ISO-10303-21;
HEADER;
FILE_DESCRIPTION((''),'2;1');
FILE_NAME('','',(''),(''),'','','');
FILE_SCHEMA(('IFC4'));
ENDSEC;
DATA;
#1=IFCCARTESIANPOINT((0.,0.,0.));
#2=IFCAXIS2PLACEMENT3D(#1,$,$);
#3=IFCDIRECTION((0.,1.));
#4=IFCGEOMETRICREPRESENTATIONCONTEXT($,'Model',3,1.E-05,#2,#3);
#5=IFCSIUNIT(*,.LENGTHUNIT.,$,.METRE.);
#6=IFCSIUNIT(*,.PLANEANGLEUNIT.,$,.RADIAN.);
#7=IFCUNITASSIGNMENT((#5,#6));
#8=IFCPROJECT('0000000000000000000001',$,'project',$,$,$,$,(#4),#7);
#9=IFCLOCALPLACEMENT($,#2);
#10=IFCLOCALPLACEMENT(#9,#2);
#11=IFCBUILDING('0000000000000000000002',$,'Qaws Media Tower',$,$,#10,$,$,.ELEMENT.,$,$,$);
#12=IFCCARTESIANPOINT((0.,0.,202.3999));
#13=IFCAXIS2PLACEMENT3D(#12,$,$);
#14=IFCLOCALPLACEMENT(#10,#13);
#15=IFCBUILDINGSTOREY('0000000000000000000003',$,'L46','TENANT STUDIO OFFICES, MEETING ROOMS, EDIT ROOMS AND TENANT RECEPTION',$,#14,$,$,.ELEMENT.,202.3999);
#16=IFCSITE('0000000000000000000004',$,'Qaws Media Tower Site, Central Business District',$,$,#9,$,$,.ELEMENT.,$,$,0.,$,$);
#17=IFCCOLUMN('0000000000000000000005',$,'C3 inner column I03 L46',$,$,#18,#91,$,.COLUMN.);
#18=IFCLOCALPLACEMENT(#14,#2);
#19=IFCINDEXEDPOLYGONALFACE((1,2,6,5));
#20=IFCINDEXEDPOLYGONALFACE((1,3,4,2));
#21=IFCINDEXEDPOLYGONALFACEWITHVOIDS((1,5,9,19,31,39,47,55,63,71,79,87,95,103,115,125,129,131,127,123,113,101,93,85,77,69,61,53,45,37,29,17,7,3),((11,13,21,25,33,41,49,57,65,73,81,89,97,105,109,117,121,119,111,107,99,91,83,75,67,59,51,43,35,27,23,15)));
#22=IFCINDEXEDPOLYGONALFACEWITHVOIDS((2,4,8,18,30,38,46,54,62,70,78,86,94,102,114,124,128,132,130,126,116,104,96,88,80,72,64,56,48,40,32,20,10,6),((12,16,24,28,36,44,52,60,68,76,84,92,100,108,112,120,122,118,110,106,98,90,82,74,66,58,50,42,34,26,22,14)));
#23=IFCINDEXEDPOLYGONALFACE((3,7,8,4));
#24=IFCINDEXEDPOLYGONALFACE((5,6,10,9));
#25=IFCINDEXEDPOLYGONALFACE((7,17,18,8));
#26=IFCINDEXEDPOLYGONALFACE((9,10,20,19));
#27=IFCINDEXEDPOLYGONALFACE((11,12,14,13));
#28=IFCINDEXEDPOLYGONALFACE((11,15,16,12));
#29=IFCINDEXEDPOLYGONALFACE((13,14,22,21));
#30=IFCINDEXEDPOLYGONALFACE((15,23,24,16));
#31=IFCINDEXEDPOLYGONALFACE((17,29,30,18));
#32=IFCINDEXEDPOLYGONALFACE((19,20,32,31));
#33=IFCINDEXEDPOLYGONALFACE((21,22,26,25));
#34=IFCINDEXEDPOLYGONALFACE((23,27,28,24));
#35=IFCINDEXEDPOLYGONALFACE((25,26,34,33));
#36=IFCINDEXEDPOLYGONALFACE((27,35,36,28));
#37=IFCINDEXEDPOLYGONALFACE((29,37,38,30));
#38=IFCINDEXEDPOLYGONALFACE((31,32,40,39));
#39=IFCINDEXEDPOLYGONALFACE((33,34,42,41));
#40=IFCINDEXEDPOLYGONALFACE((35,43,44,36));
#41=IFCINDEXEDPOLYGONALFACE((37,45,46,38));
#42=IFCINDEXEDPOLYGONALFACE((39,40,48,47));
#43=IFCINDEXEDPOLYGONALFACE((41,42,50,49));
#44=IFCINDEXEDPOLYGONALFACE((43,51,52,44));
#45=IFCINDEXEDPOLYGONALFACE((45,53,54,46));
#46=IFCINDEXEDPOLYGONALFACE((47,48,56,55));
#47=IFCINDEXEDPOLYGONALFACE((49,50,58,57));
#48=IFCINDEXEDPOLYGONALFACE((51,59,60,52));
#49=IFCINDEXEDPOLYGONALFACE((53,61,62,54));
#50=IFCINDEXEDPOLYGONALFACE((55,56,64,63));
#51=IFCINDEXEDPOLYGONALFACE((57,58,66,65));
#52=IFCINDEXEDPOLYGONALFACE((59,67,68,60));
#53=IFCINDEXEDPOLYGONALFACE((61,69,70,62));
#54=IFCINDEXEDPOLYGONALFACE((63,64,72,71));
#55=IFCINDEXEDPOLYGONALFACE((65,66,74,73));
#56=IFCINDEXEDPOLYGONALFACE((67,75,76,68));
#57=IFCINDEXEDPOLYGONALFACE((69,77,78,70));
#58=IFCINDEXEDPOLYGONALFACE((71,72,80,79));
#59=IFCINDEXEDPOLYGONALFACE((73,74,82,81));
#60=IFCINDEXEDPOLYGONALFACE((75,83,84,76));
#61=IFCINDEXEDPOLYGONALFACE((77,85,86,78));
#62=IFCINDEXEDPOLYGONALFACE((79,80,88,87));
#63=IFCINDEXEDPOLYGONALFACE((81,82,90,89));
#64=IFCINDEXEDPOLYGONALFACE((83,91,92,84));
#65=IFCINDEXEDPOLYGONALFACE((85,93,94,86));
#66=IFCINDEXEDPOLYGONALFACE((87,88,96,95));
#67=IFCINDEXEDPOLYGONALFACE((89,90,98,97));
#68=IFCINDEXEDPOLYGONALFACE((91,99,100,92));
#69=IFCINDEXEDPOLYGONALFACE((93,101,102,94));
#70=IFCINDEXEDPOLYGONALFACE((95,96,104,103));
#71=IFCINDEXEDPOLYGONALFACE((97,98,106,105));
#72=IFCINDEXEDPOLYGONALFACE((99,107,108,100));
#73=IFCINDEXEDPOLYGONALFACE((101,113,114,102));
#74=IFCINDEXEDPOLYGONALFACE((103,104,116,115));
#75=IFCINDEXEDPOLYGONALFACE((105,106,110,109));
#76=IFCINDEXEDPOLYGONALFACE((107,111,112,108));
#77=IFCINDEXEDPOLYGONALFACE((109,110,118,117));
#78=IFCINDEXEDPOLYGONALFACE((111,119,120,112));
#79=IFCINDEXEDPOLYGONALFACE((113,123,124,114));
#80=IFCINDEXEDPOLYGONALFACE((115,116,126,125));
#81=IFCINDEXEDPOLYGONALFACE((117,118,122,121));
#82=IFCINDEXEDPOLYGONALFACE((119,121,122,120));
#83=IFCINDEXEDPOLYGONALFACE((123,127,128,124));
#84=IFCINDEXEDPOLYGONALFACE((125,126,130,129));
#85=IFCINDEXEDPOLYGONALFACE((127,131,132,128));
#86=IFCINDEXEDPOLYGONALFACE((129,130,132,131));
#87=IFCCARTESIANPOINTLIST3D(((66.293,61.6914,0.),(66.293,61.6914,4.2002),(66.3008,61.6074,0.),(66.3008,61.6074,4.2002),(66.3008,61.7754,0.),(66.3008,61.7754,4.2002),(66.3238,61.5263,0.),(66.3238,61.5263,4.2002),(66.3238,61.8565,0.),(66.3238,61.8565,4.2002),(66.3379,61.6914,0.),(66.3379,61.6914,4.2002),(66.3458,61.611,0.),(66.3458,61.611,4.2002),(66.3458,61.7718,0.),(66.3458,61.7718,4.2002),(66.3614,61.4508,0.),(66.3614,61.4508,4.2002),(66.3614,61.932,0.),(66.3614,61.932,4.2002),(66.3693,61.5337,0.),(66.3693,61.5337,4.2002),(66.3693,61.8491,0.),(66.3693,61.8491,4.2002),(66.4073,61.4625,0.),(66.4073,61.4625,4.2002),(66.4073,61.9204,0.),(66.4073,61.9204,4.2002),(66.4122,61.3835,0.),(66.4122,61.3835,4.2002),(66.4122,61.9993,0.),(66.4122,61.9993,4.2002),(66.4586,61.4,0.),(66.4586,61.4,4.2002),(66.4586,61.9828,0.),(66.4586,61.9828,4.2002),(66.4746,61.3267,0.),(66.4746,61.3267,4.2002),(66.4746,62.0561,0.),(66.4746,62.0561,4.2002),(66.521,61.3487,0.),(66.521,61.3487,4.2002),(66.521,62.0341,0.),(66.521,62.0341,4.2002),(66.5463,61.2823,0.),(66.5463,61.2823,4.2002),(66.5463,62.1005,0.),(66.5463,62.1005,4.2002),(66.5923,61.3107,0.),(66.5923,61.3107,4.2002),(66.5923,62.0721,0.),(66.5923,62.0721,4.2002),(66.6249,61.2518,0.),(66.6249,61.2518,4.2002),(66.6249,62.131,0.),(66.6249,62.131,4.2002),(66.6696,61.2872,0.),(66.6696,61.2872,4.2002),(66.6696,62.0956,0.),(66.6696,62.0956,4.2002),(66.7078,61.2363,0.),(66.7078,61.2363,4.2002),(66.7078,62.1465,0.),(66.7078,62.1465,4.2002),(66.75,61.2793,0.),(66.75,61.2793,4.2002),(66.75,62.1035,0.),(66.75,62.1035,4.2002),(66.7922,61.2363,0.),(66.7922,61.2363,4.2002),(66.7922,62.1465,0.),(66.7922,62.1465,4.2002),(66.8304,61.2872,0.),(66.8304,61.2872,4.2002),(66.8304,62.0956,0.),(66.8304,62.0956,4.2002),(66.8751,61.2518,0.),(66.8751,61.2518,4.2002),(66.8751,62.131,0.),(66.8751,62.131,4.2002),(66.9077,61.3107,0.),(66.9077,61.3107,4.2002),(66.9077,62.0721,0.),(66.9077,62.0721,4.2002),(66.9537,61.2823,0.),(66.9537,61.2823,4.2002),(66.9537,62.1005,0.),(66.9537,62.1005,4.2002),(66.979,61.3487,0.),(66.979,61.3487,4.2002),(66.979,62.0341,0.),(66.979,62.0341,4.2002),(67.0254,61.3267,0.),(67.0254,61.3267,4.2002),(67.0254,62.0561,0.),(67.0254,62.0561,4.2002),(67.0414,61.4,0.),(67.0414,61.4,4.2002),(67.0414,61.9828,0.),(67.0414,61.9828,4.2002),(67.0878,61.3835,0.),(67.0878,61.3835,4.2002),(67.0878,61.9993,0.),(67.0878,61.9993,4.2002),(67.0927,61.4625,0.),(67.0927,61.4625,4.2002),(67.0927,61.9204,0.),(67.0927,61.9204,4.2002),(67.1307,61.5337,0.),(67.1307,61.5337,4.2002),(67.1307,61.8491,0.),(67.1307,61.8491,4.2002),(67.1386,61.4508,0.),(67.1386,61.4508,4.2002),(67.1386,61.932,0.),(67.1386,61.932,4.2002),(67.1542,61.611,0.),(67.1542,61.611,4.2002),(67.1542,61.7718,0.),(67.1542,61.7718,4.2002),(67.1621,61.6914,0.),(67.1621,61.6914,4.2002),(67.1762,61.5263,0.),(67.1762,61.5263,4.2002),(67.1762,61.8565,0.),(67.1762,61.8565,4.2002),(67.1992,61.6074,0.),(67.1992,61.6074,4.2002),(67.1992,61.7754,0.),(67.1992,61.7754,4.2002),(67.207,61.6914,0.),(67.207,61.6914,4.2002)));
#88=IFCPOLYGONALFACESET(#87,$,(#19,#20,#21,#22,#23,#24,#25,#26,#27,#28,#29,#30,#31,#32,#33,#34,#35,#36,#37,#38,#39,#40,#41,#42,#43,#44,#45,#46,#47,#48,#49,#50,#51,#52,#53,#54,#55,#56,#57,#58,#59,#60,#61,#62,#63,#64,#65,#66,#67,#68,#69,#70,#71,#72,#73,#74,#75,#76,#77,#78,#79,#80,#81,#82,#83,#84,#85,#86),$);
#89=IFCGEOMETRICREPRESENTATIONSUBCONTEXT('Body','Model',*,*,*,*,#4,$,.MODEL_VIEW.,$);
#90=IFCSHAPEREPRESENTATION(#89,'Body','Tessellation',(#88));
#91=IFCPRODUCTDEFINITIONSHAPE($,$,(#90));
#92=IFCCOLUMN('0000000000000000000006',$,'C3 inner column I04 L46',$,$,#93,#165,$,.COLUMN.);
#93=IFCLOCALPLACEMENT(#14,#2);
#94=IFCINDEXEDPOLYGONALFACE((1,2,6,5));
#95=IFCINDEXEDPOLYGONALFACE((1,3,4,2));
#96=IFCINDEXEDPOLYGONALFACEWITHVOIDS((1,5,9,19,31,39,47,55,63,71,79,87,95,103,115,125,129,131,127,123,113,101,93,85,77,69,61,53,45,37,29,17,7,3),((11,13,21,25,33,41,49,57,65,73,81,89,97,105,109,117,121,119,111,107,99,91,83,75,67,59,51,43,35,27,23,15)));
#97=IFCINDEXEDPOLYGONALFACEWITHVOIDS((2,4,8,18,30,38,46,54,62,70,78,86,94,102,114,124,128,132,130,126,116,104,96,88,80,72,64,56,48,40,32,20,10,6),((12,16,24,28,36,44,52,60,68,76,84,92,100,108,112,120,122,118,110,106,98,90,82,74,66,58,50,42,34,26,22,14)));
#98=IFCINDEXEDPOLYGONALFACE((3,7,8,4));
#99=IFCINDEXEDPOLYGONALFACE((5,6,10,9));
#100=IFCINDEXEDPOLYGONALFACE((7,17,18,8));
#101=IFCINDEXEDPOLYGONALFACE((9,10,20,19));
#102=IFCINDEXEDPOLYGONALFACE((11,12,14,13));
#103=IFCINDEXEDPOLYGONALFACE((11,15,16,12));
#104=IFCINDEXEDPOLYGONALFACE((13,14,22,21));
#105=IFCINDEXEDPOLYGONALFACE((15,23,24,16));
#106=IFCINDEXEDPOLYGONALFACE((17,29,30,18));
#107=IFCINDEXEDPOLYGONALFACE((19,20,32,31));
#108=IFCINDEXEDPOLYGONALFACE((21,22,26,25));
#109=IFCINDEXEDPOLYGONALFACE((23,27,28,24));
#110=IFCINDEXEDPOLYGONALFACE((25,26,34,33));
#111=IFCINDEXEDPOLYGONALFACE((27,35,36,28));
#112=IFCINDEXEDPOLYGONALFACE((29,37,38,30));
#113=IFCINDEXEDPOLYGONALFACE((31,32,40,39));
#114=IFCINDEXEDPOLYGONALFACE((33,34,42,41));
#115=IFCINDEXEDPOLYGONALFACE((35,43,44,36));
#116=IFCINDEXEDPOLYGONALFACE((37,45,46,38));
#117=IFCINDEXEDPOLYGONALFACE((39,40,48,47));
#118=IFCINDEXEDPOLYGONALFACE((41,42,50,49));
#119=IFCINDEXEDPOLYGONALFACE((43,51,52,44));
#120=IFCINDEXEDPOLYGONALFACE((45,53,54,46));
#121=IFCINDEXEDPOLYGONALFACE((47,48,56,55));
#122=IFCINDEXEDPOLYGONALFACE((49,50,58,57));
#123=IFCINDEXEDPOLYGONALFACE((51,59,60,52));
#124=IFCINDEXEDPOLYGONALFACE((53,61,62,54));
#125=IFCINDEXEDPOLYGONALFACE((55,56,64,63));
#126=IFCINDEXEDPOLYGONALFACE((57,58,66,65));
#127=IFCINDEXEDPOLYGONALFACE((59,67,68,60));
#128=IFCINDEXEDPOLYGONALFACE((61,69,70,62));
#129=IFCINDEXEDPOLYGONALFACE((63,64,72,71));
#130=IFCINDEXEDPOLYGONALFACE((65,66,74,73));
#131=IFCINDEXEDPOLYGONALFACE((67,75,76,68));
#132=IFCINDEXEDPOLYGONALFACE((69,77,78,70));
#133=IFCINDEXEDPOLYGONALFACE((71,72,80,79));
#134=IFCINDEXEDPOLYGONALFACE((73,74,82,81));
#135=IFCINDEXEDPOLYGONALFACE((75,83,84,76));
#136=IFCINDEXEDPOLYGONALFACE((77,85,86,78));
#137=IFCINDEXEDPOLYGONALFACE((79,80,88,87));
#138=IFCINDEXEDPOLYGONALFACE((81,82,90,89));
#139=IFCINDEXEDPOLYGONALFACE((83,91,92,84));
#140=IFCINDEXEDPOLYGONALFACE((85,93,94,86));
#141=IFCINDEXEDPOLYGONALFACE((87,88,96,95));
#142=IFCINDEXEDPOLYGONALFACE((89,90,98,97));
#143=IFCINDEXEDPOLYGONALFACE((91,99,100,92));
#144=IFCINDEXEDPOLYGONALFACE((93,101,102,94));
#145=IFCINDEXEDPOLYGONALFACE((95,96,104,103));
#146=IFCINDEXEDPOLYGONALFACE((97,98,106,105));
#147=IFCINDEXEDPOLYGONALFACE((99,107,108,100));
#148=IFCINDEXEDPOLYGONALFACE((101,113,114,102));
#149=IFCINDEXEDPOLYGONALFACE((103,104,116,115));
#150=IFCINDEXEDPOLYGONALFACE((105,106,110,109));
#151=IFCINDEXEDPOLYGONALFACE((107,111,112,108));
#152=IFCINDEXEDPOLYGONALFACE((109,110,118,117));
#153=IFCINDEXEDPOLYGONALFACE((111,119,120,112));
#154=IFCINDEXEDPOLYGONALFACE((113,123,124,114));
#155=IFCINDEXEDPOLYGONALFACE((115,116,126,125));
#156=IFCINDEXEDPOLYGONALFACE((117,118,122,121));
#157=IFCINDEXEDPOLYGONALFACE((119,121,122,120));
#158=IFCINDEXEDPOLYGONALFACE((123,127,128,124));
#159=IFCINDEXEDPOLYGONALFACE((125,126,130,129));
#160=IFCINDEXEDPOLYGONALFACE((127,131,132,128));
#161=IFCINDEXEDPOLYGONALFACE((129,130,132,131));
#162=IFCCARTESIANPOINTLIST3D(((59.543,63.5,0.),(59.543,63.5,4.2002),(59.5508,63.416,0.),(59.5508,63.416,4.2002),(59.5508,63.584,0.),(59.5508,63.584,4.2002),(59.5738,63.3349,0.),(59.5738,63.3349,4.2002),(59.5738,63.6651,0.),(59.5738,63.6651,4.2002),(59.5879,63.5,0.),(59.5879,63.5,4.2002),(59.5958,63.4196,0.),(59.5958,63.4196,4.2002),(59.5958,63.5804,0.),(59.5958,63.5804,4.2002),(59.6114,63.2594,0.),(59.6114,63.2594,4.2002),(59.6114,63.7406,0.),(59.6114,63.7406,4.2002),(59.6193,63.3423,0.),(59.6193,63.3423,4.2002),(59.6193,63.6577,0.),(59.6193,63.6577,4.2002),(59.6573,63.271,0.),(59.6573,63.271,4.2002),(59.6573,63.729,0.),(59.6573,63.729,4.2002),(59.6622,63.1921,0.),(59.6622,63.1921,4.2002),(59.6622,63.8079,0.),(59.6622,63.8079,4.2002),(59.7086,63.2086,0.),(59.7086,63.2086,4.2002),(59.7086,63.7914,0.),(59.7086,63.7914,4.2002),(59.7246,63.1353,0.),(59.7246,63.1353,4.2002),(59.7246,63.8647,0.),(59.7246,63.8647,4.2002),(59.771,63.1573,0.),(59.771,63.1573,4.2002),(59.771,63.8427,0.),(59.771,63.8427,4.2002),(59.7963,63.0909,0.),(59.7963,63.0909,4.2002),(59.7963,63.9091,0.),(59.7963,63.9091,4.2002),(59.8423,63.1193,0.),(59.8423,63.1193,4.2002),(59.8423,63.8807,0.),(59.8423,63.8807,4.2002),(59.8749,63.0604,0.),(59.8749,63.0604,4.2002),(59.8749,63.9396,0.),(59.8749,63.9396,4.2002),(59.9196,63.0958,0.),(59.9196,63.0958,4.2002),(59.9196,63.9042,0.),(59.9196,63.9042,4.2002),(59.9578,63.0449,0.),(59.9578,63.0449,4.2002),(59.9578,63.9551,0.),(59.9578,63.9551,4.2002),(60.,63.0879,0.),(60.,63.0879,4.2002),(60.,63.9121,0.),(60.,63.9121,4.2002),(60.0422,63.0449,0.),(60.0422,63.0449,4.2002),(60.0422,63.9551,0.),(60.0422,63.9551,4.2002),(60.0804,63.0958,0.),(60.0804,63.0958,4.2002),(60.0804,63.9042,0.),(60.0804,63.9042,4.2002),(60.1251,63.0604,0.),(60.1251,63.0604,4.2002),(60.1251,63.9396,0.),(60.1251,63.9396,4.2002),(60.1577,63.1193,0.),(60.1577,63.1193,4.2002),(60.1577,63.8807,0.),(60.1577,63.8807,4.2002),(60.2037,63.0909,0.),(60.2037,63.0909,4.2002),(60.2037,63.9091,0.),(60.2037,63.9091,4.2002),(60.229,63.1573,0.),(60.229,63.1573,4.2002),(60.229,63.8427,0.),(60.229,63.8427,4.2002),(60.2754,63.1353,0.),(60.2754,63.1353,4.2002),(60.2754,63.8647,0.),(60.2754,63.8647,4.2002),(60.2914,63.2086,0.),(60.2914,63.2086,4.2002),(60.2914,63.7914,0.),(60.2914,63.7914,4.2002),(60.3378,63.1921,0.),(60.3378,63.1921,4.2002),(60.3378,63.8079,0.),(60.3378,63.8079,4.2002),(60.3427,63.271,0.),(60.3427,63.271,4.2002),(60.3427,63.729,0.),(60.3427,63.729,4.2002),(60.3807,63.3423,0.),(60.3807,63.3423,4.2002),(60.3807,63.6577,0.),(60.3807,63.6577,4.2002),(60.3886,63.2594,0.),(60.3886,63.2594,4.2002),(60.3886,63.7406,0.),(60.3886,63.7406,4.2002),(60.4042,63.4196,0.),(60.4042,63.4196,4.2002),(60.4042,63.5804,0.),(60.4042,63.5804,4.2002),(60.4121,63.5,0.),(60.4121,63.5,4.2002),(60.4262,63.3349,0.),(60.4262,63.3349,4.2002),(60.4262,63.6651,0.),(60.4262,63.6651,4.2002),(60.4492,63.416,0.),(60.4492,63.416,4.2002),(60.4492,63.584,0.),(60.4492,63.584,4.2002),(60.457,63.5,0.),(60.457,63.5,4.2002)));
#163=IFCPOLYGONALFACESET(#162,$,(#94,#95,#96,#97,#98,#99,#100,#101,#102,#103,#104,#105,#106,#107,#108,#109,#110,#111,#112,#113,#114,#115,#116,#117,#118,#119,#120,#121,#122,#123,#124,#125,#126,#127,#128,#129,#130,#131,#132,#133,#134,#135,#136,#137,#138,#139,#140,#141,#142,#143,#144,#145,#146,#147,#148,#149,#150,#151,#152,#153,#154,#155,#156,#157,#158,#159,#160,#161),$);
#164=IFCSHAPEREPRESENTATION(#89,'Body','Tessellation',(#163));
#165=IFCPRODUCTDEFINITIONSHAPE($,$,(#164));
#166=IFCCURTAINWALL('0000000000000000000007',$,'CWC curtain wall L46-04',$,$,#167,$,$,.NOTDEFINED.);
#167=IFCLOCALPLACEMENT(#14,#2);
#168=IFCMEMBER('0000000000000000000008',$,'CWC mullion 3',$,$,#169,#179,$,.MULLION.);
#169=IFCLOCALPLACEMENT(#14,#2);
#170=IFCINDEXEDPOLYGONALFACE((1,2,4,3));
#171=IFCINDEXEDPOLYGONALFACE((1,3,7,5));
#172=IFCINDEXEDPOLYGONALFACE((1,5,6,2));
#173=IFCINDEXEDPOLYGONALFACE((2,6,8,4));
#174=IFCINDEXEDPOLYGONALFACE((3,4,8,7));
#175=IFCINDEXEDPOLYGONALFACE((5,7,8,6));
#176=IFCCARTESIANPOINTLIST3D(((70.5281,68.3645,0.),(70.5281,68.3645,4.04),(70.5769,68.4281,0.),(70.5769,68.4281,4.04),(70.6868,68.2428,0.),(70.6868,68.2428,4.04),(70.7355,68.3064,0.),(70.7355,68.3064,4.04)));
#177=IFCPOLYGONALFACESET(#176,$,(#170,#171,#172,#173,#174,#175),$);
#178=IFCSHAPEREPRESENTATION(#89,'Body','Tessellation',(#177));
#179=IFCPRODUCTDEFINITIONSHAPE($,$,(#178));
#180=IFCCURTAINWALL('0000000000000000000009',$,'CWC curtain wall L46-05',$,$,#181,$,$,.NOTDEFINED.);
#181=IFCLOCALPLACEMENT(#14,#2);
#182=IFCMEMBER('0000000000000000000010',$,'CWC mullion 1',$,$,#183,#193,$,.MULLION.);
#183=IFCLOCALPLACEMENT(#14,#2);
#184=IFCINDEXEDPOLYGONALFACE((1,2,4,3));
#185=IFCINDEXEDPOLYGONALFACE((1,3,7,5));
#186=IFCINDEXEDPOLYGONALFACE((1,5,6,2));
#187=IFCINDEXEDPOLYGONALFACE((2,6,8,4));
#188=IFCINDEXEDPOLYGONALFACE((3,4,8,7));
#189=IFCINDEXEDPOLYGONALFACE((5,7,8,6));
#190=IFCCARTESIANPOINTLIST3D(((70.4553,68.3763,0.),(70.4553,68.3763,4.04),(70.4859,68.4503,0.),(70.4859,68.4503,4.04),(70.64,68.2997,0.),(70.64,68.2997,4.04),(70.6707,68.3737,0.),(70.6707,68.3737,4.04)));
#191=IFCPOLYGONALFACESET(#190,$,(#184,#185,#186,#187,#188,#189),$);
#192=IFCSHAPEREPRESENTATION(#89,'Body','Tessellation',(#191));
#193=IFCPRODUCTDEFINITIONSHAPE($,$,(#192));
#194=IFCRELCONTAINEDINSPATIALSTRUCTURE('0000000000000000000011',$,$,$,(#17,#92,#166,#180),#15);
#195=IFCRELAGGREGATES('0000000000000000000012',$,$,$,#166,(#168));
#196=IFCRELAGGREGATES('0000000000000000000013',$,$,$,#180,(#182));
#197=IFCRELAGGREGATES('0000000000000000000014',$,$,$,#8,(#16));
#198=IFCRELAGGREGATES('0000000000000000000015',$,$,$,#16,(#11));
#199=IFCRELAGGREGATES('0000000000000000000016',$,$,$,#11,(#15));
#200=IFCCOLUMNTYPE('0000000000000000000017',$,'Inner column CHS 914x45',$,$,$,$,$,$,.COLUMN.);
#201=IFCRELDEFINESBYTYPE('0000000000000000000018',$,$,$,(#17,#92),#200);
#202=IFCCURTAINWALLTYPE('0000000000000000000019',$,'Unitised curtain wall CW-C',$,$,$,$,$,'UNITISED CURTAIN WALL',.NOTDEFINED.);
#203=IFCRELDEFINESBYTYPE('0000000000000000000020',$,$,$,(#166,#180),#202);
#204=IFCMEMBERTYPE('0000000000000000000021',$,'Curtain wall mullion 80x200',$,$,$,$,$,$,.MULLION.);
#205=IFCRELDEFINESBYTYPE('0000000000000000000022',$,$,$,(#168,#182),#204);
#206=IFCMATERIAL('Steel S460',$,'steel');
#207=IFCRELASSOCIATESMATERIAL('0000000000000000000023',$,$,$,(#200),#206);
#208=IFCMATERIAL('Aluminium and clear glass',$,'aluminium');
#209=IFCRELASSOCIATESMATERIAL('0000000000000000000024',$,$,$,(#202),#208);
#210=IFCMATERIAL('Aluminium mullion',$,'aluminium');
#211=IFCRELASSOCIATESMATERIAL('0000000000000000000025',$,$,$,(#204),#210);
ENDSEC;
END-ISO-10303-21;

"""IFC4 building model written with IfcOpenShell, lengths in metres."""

from ifc_helpers import new_model, si_unit, direction, frame, origin, origin_2d, place, context, subcontext, project, spatial, rectangle, hollow_circle, extrude, material, material_profile, profile_set, type_object, element, aggregate, save


model = new_model("IFC4")

# Units and contexts
model_context = context("Model", 3, precision=1e-05, world=origin(), true_north=direction((0.0, 1.0)))
body_context = subcontext(model_context, "Body", "Model", "MODEL_VIEW")
ifc_project = project(units=[si_unit("LENGTHUNIT", "METRE"), si_unit("PLANEANGLEUNIT", "RADIAN")], contexts=[model_context])

# Site, building, storey
site_placement = place(None, origin())
site = spatial("IfcSite", under=ifc_project, at=site_placement, Name="Qaws Media Tower Site, Central Business District", CompositionType="ELEMENT", RefElevation=0.0)
building_placement = place(site_placement, origin())
building = spatial("IfcBuilding", under=site, at=building_placement, Name="Qaws Media Tower", CompositionType="ELEMENT")
storey_placement = place(building_placement, frame((0.0, 0.0, 202.3999)))
storey = spatial("IfcBuildingStorey", under=building, at=storey_placement, Name="L46", Description="TENANT STUDIO OFFICES, MEETING ROOMS, EDIT ROOMS AND TENANT RECEPTION", CompositionType="ELEMENT", Elevation=202.3999)

# Columns
ifc_material_1 = material(Name="Steel S460", Category="steel")
ifc_material_profile_1 = material_profile(ifc_material_1, hollow_circle(Radius=0.457, WallThickness=0.0449, at=origin_2d()), Name="CHS 914x45")
ifc_profile_set_1 = profile_set([ifc_material_profile_1], Name="Steel S460")
column_type = type_object("IfcColumnType", Name="Inner column CHS 914x45", PredefinedType="COLUMN", material=ifc_profile_set_1)
for number, where, z_axis, x_axis, name in (
    (1, (66.75, 61.6914, 0.0), (0.0, 0.0, 1.0), (1.0, 0.0, 0.0), "C3 inner column I03 L46"),
    (2, (60.0, 63.5, 0.0), (0.0, 0.0, 1.0), (1.0, 0.0, 0.0), "C3 inner column I04 L46"),
):
    element("IfcColumn", number, at=place(storey_placement, frame(where, z_axis=z_axis, x_axis=x_axis)), inside=storey, type_object=column_type, Name=name, PredefinedType="COLUMN", context=body_context, shape_type="SweptSolid", body=[
        extrude(hollow_circle(Radius=0.457, WallThickness=0.0449, at=origin_2d()), origin(), (0.0, 0.0, 1.0), 4.2002),
    ])

# Curtain walls, members
ifc_material_2 = material(Name="Aluminium and clear glass", Category="aluminium")
curtain_wall_type = type_object("IfcCurtainWallType", Name="Unitised curtain wall CW-C", ElementType="UNITISED CURTAIN WALL", PredefinedType="NOTDEFINED", material=ifc_material_2)
curtain_wall_1_placement = place(storey_placement, origin())
curtain_wall_1 = element("IfcCurtainWall", 3, at=curtain_wall_1_placement, inside=storey, type_object=curtain_wall_type, Name="CWC curtain wall L46-04", PredefinedType="NOTDEFINED")
ifc_material_3 = material(Name="Aluminium mullion", Category="aluminium")
ifc_material_profile_2 = material_profile(ifc_material_3, rectangle(XDim=0.0801, YDim=0.2, at=origin_2d()), Name="80x200")
ifc_profile_set_2 = profile_set([ifc_material_profile_2], Name="Aluminium mullion")
member_type = type_object("IfcMemberType", Name="Curtain wall mullion 80x200", PredefinedType="MULLION", material=ifc_profile_set_2)
member_1_placement = place(storey_placement, frame((70.6318, 68.3354, 0.0), z_axis=(0.0, 0.0, 1.0), x_axis=(-0.608761, -0.793353, 0.0)))
member_1 = element("IfcMember", 4, at=member_1_placement, type_object=member_type, Name="CWC mullion 3", PredefinedType="MULLION", context=body_context, shape_type="SweptSolid", body=[
    extrude(rectangle(XDim=0.0801, YDim=0.2, at=origin_2d()), origin(), (0.0, 0.0, 1.0), 4.04),
])
aggregate(curtain_wall_1, [member_1])
curtain_wall_2_placement = place(storey_placement, origin())
curtain_wall_2 = element("IfcCurtainWall", 5, at=curtain_wall_2_placement, inside=storey, type_object=curtain_wall_type, Name="CWC curtain wall L46-05", PredefinedType="NOTDEFINED")
member_2_placement = place(storey_placement, frame((70.563, 68.375, 0.0), z_axis=(0.0, 0.0, 1.0), x_axis=(-0.382683, -0.92388, 0.0)))
member_2 = element("IfcMember", 6, at=member_2_placement, type_object=member_type, Name="CWC mullion 1", PredefinedType="MULLION", context=body_context, shape_type="SweptSolid", body=[
    extrude(rectangle(XDim=0.0801, YDim=0.2, at=origin_2d()), origin(), (0.0, 0.0, 1.0), 4.04),
])
aggregate(curtain_wall_2, [member_2])

save(model, "model.ifc")
